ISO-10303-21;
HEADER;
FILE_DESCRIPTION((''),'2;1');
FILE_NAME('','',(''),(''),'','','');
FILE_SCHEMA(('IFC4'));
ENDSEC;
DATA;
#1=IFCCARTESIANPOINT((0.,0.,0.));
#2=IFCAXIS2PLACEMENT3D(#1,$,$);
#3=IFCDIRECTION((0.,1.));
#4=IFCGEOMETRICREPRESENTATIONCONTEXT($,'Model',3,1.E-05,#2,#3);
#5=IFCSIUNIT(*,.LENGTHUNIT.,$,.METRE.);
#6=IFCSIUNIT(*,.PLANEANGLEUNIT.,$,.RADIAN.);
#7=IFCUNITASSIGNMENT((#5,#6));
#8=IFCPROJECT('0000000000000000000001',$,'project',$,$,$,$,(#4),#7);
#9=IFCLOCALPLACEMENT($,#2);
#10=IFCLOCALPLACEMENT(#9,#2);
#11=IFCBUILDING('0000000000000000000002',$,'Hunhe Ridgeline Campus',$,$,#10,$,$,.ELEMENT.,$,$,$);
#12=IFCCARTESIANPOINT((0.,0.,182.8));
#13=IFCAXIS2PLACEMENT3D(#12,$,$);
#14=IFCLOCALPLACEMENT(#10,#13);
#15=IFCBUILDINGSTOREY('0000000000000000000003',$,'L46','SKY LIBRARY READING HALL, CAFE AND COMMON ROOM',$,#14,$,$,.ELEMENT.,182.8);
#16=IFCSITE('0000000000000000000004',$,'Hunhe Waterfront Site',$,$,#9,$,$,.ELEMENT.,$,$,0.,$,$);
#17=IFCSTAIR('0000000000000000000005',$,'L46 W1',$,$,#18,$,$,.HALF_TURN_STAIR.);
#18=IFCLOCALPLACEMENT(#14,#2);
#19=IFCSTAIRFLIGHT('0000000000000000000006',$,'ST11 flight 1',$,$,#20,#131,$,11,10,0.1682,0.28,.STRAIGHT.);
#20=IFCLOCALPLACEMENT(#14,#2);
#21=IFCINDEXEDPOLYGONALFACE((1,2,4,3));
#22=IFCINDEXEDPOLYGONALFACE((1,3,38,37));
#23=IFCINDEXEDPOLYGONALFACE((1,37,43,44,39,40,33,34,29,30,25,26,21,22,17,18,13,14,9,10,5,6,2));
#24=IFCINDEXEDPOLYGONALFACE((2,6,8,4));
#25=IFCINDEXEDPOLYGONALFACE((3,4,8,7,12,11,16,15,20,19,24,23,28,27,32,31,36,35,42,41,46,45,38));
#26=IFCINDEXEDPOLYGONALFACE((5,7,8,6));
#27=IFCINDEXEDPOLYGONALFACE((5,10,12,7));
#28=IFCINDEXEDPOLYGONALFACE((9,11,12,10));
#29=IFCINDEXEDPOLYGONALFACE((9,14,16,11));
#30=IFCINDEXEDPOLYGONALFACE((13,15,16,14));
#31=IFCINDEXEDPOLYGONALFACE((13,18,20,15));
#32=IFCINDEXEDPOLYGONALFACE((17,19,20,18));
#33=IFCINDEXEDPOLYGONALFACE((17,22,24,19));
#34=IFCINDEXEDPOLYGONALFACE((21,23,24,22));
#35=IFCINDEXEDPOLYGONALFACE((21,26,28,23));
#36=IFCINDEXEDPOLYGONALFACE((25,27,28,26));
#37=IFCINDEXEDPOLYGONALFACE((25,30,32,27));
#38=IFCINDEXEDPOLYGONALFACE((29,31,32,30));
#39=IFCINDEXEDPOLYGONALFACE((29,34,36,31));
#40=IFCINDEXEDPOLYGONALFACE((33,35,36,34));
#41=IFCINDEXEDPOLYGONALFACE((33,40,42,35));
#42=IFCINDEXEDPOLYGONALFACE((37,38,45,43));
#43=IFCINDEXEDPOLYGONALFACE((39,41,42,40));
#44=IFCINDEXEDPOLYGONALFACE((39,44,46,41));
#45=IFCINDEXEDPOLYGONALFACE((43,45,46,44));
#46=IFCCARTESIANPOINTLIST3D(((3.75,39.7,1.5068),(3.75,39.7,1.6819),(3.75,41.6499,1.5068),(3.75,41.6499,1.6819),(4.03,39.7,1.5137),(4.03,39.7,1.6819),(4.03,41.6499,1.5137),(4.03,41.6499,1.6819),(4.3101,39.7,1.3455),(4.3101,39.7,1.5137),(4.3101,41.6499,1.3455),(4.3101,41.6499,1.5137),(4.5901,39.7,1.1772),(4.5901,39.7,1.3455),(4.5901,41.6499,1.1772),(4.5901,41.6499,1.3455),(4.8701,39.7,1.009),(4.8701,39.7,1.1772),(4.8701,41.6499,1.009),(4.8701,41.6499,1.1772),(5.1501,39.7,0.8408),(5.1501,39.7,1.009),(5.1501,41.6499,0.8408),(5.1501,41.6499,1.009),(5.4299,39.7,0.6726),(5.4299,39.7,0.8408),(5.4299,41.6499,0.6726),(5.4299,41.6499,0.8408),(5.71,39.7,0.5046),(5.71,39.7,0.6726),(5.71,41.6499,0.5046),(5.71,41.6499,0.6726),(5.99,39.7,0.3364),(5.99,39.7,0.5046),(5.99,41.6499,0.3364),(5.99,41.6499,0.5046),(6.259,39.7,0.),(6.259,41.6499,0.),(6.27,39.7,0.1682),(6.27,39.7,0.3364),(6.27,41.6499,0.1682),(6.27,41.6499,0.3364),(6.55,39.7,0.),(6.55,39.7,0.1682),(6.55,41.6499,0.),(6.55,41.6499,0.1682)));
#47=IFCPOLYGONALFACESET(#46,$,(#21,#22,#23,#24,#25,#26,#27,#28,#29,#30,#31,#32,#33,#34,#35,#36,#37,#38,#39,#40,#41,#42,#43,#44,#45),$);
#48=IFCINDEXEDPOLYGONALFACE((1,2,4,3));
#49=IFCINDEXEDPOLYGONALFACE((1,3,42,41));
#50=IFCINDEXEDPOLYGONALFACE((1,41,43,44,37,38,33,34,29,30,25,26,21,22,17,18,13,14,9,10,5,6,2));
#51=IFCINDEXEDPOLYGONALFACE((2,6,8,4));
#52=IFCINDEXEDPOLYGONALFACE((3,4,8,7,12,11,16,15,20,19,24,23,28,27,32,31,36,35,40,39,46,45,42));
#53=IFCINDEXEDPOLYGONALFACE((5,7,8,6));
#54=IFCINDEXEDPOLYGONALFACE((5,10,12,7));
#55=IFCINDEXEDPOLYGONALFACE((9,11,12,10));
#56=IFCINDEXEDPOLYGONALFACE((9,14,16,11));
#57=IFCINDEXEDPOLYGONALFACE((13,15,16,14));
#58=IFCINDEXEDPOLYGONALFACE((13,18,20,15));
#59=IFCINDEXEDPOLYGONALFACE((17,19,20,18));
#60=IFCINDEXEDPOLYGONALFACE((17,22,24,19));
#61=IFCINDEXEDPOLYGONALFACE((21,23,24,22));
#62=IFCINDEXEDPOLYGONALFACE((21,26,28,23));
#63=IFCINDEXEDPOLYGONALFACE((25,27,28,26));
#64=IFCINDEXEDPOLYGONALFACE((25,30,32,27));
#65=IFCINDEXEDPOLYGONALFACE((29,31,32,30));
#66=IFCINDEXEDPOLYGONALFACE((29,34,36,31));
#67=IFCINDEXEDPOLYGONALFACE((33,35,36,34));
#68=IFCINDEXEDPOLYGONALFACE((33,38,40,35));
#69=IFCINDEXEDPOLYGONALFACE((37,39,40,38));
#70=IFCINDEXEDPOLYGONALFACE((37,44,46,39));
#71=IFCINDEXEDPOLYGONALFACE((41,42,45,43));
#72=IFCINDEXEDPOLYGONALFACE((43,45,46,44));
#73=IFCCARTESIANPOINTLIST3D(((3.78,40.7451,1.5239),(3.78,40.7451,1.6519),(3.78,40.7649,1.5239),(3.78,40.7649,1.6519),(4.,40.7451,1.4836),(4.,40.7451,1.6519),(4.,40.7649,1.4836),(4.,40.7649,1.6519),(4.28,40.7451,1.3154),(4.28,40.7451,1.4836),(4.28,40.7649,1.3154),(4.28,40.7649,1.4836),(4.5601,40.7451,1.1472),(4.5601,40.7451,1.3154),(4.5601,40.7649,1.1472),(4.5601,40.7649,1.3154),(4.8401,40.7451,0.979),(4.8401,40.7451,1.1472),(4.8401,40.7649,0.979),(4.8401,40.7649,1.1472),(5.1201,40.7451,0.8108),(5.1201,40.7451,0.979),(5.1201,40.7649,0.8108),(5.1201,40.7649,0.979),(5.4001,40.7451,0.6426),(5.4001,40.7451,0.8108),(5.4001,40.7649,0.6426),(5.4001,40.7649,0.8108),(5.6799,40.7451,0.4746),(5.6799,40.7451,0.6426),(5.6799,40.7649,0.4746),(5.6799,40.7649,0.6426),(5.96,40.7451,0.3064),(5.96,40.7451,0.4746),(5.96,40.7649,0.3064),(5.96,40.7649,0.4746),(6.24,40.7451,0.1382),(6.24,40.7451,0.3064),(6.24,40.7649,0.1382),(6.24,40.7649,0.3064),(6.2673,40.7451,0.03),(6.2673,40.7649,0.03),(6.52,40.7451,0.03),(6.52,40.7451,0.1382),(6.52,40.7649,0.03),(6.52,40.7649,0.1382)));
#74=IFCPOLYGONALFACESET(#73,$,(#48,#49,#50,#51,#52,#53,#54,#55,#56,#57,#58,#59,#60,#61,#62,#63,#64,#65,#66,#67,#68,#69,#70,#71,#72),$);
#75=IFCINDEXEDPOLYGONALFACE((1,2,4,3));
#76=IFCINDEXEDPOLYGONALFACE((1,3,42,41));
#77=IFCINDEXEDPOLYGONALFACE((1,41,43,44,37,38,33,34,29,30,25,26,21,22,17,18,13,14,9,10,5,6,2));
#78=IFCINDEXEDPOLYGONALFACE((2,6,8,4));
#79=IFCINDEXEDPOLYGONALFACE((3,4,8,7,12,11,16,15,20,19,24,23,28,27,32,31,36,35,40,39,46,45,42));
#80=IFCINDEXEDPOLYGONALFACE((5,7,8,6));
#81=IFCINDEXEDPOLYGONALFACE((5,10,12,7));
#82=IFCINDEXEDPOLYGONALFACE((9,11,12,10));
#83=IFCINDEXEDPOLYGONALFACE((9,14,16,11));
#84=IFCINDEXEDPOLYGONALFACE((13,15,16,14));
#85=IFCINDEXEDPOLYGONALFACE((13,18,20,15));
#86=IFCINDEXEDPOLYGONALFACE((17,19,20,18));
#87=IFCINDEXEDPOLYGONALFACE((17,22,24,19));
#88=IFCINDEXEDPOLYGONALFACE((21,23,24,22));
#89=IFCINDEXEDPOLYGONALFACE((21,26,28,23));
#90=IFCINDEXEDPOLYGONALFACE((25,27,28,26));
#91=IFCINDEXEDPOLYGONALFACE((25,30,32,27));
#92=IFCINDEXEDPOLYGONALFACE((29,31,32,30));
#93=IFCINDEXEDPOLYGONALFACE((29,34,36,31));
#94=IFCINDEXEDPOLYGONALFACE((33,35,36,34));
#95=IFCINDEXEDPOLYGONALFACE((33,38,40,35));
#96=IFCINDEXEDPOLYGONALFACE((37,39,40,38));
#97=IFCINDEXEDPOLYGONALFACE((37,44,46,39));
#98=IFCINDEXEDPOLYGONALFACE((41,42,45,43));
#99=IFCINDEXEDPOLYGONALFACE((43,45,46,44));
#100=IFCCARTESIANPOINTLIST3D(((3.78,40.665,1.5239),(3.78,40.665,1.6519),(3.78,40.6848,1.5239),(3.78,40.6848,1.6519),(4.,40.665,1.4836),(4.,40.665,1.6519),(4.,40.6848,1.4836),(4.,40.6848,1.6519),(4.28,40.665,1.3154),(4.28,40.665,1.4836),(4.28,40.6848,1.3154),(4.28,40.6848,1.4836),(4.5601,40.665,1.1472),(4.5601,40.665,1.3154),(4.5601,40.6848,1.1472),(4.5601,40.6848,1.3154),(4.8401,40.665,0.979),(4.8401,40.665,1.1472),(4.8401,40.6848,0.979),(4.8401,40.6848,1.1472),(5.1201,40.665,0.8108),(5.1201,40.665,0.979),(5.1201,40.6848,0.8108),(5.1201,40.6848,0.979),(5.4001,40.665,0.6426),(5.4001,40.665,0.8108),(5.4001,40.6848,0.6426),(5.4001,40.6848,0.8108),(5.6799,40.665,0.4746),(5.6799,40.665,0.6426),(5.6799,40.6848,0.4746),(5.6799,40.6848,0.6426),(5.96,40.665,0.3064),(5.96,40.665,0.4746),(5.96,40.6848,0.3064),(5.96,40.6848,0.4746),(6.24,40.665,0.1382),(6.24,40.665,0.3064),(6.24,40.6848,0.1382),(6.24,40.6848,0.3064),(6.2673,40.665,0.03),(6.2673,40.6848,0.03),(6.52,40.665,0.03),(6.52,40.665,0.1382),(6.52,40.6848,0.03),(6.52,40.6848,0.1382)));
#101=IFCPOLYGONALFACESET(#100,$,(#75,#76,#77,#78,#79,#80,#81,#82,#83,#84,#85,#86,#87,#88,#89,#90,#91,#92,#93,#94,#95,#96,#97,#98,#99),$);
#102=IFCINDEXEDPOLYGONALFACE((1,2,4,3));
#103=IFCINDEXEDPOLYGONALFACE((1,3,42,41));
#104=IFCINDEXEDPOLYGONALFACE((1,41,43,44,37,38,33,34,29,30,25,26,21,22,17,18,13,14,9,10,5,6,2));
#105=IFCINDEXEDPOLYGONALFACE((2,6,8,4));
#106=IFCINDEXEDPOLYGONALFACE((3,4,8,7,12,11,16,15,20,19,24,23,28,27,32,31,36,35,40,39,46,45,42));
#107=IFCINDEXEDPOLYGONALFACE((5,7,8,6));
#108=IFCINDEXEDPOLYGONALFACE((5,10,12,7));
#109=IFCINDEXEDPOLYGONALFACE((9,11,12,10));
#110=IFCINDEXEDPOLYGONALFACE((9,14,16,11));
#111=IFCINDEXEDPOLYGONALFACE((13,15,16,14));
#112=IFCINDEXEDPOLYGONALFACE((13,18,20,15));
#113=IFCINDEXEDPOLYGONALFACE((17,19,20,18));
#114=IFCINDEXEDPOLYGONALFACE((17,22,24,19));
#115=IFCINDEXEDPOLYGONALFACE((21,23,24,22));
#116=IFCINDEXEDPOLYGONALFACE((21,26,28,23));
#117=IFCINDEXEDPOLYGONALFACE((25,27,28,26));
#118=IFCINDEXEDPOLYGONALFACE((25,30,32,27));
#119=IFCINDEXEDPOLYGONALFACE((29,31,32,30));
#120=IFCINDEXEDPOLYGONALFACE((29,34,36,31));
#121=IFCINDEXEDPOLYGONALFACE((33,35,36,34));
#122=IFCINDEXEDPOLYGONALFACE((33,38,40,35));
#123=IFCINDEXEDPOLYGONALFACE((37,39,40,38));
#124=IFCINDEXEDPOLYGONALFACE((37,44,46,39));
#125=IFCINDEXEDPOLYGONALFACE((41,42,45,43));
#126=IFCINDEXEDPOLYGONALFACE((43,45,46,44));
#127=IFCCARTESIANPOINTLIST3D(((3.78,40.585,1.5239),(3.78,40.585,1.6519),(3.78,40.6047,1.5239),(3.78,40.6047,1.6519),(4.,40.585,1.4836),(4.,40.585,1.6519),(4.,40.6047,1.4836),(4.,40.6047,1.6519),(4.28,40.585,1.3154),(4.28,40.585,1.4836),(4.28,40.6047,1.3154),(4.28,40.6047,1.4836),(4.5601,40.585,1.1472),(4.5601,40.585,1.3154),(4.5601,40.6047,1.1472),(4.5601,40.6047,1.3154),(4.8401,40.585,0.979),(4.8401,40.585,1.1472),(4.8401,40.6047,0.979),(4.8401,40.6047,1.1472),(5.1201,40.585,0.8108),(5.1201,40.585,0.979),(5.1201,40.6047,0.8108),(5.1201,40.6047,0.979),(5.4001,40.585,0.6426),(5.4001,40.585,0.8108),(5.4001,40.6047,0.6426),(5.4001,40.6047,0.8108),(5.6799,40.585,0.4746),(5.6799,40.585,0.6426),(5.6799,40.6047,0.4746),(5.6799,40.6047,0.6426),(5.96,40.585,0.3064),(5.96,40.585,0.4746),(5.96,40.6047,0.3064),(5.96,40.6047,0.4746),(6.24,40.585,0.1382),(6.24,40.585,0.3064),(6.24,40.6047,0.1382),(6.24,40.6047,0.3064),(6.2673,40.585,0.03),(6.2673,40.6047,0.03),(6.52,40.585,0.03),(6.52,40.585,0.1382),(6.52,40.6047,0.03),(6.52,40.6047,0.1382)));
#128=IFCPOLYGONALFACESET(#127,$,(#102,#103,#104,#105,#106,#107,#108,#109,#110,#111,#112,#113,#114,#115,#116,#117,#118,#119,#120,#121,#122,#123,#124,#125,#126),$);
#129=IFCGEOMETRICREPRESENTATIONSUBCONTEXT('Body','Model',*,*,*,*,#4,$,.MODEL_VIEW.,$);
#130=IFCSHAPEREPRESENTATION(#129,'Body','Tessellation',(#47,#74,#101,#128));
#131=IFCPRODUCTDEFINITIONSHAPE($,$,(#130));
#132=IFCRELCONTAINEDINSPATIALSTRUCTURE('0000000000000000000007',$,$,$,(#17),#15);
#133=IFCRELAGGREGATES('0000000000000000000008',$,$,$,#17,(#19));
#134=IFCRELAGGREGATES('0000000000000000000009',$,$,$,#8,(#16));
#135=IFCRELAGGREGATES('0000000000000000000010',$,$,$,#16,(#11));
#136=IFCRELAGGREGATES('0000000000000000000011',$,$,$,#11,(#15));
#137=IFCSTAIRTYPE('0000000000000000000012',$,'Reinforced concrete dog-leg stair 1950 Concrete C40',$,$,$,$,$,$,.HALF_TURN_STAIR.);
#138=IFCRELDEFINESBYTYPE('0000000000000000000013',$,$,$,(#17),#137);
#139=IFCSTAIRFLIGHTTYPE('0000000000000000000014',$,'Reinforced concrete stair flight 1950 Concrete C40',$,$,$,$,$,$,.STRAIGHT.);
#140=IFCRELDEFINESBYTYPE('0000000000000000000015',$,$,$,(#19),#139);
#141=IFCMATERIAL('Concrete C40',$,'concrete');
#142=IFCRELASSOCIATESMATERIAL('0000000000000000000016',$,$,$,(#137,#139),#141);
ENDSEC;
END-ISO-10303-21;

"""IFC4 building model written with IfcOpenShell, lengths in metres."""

from ifc_helpers import new_model, si_unit, direction, frame, origin, place, context, subcontext, project, spatial, polyline, outline, extrude, material, type_object, element, aggregate, save


model = new_model("IFC4")

# Units and contexts
model_context = context("Model", 3, precision=1e-05, world=origin(), true_north=direction((0.0, 1.0)))
body_context = subcontext(model_context, "Body", "Model", "MODEL_VIEW")
ifc_project = project(units=[si_unit("LENGTHUNIT", "METRE"), si_unit("PLANEANGLEUNIT", "RADIAN")], contexts=[model_context])

# Site, building, storey
site_placement = place(None, origin())
site = spatial("IfcSite", under=ifc_project, at=site_placement, Name="Hunhe Waterfront Site", CompositionType="ELEMENT", RefElevation=0.0)
building_placement = place(site_placement, origin())
building = spatial("IfcBuilding", under=site, at=building_placement, Name="Hunhe Ridgeline Campus", CompositionType="ELEMENT")
storey_placement = place(building_placement, frame((0.0, 0.0, 182.8)))
storey = spatial("IfcBuildingStorey", under=building, at=storey_placement, Name="L46", Description="SKY LIBRARY READING HALL, CAFE AND COMMON ROOM", CompositionType="ELEMENT", Elevation=182.8)

# Stair, stair flight
ifc_material_1 = material(Name="Concrete C40", Category="concrete")
stair_type = type_object("IfcStairType", Name="Reinforced concrete dog-leg stair 1950 Concrete C40", PredefinedType="HALF_TURN_STAIR", material=ifc_material_1)
stair_placement = place(storey_placement, origin())
stair = element("IfcStair", 1, at=stair_placement, inside=storey, type_object=stair_type, Name="L46 W1", PredefinedType="HALF_TURN_STAIR")
stair_flight_type = type_object("IfcStairFlightType", Name="Reinforced concrete stair flight 1950 Concrete C40", PredefinedType="STRAIGHT", material=ifc_material_1)
stair_flight_1_placement = place(storey_placement, frame((6.55, 40.675, 0.0), z_axis=(0.0, 0.0, 1.0), x_axis=(-1.0, 0.0, 0.0)))
stair_flight_1 = element("IfcStairFlight", 2, at=stair_flight_1_placement, type_object=stair_flight_type, Name="ST11 flight 1", NumberOfRisers=11, NumberOfTreads=10, PredefinedType="STRAIGHT", RiserHeight=0.1682, TreadLength=0.28, context=body_context, shape_type="SweptSolid", body=[
    extrude(outline(polyline([(0.0, 0.0), (0.0, 0.1682), (0.28, 0.1682), (0.28, 0.3364), (0.5601, 0.3364), (0.5601, 0.5046), (0.8401, 0.5046), (0.8401, 0.6726), (1.1201, 0.6726), (1.1201, 0.8408), (1.3999, 0.8408), (1.3999, 1.009), (1.6799, 1.009), (1.6799, 1.1772), (1.96, 1.1772), (1.96, 1.3455), (2.24, 1.3455), (2.24, 1.5137), (2.52, 1.5137), (2.52, 1.6819), (2.8, 1.6819), (2.8, 1.8501), (2.8, 1.5068), (0.291, 0.0), (0.0, 0.0)])), frame((0.0, 0.9751, 0.0), z_axis=(0.0, -1.0, 0.0), x_axis=(1.0, 0.0, 0.0)), (0.0, 0.0, 1.0), 1.95),
    extrude(outline(polyline([(0.03, 0.03), (0.03, 0.1382), (0.3101, 0.1382), (0.3101, 0.3064), (0.5901, 0.3064), (0.5901, 0.4746), (0.8701, 0.4746), (0.8701, 0.6426), (1.1499, 0.6426), (1.1499, 0.8108), (1.4299, 0.8108), (1.4299, 0.979), (1.71, 0.979), (1.71, 1.1472), (1.99, 1.1472), (1.99, 1.3154), (2.27, 1.3154), (2.27, 1.4836), (2.55, 1.4836), (2.55, 1.6519), (2.77, 1.6519), (2.77, 1.5239), (0.2827, 0.03), (0.03, 0.03)])), frame((0.0, -0.0701, 0.0), z_axis=(0.0, -1.0, 0.0), x_axis=(1.0, 0.0, 0.0)), (0.0, 0.0, 1.0), 0.0198),
    extrude(outline(polyline([(0.03, 0.03), (0.03, 0.1382), (0.3101, 0.1382), (0.3101, 0.3064), (0.5901, 0.3064), (0.5901, 0.4746), (0.8701, 0.4746), (0.8701, 0.6426), (1.1499, 0.6426), (1.1499, 0.8108), (1.4299, 0.8108), (1.4299, 0.979), (1.71, 0.979), (1.71, 1.1472), (1.99, 1.1472), (1.99, 1.3154), (2.27, 1.3154), (2.27, 1.4836), (2.55, 1.4836), (2.55, 1.6519), (2.77, 1.6519), (2.77, 1.5239), (0.2827, 0.03), (0.03, 0.03)])), frame((0.0, 0.01, 0.0), z_axis=(0.0, -1.0, 0.0), x_axis=(1.0, 0.0, 0.0)), (0.0, 0.0, 1.0), 0.0198),
    extrude(outline(polyline([(0.03, 0.03), (0.03, 0.1382), (0.3101, 0.1382), (0.3101, 0.3064), (0.5901, 0.3064), (0.5901, 0.4746), (0.8701, 0.4746), (0.8701, 0.6426), (1.1499, 0.6426), (1.1499, 0.8108), (1.4299, 0.8108), (1.4299, 0.979), (1.71, 0.979), (1.71, 1.1472), (1.99, 1.1472), (1.99, 1.3154), (2.27, 1.3154), (2.27, 1.4836), (2.55, 1.4836), (2.55, 1.6519), (2.77, 1.6519), (2.77, 1.5239), (0.2827, 0.03), (0.03, 0.03)])), frame((0.0, 0.0901, 0.0), z_axis=(0.0, -1.0, 0.0), x_axis=(1.0, 0.0, 0.0)), (0.0, 0.0, 1.0), 0.0198),
])
aggregate(stair, [stair_flight_1])

save(model, "model.ifc")
